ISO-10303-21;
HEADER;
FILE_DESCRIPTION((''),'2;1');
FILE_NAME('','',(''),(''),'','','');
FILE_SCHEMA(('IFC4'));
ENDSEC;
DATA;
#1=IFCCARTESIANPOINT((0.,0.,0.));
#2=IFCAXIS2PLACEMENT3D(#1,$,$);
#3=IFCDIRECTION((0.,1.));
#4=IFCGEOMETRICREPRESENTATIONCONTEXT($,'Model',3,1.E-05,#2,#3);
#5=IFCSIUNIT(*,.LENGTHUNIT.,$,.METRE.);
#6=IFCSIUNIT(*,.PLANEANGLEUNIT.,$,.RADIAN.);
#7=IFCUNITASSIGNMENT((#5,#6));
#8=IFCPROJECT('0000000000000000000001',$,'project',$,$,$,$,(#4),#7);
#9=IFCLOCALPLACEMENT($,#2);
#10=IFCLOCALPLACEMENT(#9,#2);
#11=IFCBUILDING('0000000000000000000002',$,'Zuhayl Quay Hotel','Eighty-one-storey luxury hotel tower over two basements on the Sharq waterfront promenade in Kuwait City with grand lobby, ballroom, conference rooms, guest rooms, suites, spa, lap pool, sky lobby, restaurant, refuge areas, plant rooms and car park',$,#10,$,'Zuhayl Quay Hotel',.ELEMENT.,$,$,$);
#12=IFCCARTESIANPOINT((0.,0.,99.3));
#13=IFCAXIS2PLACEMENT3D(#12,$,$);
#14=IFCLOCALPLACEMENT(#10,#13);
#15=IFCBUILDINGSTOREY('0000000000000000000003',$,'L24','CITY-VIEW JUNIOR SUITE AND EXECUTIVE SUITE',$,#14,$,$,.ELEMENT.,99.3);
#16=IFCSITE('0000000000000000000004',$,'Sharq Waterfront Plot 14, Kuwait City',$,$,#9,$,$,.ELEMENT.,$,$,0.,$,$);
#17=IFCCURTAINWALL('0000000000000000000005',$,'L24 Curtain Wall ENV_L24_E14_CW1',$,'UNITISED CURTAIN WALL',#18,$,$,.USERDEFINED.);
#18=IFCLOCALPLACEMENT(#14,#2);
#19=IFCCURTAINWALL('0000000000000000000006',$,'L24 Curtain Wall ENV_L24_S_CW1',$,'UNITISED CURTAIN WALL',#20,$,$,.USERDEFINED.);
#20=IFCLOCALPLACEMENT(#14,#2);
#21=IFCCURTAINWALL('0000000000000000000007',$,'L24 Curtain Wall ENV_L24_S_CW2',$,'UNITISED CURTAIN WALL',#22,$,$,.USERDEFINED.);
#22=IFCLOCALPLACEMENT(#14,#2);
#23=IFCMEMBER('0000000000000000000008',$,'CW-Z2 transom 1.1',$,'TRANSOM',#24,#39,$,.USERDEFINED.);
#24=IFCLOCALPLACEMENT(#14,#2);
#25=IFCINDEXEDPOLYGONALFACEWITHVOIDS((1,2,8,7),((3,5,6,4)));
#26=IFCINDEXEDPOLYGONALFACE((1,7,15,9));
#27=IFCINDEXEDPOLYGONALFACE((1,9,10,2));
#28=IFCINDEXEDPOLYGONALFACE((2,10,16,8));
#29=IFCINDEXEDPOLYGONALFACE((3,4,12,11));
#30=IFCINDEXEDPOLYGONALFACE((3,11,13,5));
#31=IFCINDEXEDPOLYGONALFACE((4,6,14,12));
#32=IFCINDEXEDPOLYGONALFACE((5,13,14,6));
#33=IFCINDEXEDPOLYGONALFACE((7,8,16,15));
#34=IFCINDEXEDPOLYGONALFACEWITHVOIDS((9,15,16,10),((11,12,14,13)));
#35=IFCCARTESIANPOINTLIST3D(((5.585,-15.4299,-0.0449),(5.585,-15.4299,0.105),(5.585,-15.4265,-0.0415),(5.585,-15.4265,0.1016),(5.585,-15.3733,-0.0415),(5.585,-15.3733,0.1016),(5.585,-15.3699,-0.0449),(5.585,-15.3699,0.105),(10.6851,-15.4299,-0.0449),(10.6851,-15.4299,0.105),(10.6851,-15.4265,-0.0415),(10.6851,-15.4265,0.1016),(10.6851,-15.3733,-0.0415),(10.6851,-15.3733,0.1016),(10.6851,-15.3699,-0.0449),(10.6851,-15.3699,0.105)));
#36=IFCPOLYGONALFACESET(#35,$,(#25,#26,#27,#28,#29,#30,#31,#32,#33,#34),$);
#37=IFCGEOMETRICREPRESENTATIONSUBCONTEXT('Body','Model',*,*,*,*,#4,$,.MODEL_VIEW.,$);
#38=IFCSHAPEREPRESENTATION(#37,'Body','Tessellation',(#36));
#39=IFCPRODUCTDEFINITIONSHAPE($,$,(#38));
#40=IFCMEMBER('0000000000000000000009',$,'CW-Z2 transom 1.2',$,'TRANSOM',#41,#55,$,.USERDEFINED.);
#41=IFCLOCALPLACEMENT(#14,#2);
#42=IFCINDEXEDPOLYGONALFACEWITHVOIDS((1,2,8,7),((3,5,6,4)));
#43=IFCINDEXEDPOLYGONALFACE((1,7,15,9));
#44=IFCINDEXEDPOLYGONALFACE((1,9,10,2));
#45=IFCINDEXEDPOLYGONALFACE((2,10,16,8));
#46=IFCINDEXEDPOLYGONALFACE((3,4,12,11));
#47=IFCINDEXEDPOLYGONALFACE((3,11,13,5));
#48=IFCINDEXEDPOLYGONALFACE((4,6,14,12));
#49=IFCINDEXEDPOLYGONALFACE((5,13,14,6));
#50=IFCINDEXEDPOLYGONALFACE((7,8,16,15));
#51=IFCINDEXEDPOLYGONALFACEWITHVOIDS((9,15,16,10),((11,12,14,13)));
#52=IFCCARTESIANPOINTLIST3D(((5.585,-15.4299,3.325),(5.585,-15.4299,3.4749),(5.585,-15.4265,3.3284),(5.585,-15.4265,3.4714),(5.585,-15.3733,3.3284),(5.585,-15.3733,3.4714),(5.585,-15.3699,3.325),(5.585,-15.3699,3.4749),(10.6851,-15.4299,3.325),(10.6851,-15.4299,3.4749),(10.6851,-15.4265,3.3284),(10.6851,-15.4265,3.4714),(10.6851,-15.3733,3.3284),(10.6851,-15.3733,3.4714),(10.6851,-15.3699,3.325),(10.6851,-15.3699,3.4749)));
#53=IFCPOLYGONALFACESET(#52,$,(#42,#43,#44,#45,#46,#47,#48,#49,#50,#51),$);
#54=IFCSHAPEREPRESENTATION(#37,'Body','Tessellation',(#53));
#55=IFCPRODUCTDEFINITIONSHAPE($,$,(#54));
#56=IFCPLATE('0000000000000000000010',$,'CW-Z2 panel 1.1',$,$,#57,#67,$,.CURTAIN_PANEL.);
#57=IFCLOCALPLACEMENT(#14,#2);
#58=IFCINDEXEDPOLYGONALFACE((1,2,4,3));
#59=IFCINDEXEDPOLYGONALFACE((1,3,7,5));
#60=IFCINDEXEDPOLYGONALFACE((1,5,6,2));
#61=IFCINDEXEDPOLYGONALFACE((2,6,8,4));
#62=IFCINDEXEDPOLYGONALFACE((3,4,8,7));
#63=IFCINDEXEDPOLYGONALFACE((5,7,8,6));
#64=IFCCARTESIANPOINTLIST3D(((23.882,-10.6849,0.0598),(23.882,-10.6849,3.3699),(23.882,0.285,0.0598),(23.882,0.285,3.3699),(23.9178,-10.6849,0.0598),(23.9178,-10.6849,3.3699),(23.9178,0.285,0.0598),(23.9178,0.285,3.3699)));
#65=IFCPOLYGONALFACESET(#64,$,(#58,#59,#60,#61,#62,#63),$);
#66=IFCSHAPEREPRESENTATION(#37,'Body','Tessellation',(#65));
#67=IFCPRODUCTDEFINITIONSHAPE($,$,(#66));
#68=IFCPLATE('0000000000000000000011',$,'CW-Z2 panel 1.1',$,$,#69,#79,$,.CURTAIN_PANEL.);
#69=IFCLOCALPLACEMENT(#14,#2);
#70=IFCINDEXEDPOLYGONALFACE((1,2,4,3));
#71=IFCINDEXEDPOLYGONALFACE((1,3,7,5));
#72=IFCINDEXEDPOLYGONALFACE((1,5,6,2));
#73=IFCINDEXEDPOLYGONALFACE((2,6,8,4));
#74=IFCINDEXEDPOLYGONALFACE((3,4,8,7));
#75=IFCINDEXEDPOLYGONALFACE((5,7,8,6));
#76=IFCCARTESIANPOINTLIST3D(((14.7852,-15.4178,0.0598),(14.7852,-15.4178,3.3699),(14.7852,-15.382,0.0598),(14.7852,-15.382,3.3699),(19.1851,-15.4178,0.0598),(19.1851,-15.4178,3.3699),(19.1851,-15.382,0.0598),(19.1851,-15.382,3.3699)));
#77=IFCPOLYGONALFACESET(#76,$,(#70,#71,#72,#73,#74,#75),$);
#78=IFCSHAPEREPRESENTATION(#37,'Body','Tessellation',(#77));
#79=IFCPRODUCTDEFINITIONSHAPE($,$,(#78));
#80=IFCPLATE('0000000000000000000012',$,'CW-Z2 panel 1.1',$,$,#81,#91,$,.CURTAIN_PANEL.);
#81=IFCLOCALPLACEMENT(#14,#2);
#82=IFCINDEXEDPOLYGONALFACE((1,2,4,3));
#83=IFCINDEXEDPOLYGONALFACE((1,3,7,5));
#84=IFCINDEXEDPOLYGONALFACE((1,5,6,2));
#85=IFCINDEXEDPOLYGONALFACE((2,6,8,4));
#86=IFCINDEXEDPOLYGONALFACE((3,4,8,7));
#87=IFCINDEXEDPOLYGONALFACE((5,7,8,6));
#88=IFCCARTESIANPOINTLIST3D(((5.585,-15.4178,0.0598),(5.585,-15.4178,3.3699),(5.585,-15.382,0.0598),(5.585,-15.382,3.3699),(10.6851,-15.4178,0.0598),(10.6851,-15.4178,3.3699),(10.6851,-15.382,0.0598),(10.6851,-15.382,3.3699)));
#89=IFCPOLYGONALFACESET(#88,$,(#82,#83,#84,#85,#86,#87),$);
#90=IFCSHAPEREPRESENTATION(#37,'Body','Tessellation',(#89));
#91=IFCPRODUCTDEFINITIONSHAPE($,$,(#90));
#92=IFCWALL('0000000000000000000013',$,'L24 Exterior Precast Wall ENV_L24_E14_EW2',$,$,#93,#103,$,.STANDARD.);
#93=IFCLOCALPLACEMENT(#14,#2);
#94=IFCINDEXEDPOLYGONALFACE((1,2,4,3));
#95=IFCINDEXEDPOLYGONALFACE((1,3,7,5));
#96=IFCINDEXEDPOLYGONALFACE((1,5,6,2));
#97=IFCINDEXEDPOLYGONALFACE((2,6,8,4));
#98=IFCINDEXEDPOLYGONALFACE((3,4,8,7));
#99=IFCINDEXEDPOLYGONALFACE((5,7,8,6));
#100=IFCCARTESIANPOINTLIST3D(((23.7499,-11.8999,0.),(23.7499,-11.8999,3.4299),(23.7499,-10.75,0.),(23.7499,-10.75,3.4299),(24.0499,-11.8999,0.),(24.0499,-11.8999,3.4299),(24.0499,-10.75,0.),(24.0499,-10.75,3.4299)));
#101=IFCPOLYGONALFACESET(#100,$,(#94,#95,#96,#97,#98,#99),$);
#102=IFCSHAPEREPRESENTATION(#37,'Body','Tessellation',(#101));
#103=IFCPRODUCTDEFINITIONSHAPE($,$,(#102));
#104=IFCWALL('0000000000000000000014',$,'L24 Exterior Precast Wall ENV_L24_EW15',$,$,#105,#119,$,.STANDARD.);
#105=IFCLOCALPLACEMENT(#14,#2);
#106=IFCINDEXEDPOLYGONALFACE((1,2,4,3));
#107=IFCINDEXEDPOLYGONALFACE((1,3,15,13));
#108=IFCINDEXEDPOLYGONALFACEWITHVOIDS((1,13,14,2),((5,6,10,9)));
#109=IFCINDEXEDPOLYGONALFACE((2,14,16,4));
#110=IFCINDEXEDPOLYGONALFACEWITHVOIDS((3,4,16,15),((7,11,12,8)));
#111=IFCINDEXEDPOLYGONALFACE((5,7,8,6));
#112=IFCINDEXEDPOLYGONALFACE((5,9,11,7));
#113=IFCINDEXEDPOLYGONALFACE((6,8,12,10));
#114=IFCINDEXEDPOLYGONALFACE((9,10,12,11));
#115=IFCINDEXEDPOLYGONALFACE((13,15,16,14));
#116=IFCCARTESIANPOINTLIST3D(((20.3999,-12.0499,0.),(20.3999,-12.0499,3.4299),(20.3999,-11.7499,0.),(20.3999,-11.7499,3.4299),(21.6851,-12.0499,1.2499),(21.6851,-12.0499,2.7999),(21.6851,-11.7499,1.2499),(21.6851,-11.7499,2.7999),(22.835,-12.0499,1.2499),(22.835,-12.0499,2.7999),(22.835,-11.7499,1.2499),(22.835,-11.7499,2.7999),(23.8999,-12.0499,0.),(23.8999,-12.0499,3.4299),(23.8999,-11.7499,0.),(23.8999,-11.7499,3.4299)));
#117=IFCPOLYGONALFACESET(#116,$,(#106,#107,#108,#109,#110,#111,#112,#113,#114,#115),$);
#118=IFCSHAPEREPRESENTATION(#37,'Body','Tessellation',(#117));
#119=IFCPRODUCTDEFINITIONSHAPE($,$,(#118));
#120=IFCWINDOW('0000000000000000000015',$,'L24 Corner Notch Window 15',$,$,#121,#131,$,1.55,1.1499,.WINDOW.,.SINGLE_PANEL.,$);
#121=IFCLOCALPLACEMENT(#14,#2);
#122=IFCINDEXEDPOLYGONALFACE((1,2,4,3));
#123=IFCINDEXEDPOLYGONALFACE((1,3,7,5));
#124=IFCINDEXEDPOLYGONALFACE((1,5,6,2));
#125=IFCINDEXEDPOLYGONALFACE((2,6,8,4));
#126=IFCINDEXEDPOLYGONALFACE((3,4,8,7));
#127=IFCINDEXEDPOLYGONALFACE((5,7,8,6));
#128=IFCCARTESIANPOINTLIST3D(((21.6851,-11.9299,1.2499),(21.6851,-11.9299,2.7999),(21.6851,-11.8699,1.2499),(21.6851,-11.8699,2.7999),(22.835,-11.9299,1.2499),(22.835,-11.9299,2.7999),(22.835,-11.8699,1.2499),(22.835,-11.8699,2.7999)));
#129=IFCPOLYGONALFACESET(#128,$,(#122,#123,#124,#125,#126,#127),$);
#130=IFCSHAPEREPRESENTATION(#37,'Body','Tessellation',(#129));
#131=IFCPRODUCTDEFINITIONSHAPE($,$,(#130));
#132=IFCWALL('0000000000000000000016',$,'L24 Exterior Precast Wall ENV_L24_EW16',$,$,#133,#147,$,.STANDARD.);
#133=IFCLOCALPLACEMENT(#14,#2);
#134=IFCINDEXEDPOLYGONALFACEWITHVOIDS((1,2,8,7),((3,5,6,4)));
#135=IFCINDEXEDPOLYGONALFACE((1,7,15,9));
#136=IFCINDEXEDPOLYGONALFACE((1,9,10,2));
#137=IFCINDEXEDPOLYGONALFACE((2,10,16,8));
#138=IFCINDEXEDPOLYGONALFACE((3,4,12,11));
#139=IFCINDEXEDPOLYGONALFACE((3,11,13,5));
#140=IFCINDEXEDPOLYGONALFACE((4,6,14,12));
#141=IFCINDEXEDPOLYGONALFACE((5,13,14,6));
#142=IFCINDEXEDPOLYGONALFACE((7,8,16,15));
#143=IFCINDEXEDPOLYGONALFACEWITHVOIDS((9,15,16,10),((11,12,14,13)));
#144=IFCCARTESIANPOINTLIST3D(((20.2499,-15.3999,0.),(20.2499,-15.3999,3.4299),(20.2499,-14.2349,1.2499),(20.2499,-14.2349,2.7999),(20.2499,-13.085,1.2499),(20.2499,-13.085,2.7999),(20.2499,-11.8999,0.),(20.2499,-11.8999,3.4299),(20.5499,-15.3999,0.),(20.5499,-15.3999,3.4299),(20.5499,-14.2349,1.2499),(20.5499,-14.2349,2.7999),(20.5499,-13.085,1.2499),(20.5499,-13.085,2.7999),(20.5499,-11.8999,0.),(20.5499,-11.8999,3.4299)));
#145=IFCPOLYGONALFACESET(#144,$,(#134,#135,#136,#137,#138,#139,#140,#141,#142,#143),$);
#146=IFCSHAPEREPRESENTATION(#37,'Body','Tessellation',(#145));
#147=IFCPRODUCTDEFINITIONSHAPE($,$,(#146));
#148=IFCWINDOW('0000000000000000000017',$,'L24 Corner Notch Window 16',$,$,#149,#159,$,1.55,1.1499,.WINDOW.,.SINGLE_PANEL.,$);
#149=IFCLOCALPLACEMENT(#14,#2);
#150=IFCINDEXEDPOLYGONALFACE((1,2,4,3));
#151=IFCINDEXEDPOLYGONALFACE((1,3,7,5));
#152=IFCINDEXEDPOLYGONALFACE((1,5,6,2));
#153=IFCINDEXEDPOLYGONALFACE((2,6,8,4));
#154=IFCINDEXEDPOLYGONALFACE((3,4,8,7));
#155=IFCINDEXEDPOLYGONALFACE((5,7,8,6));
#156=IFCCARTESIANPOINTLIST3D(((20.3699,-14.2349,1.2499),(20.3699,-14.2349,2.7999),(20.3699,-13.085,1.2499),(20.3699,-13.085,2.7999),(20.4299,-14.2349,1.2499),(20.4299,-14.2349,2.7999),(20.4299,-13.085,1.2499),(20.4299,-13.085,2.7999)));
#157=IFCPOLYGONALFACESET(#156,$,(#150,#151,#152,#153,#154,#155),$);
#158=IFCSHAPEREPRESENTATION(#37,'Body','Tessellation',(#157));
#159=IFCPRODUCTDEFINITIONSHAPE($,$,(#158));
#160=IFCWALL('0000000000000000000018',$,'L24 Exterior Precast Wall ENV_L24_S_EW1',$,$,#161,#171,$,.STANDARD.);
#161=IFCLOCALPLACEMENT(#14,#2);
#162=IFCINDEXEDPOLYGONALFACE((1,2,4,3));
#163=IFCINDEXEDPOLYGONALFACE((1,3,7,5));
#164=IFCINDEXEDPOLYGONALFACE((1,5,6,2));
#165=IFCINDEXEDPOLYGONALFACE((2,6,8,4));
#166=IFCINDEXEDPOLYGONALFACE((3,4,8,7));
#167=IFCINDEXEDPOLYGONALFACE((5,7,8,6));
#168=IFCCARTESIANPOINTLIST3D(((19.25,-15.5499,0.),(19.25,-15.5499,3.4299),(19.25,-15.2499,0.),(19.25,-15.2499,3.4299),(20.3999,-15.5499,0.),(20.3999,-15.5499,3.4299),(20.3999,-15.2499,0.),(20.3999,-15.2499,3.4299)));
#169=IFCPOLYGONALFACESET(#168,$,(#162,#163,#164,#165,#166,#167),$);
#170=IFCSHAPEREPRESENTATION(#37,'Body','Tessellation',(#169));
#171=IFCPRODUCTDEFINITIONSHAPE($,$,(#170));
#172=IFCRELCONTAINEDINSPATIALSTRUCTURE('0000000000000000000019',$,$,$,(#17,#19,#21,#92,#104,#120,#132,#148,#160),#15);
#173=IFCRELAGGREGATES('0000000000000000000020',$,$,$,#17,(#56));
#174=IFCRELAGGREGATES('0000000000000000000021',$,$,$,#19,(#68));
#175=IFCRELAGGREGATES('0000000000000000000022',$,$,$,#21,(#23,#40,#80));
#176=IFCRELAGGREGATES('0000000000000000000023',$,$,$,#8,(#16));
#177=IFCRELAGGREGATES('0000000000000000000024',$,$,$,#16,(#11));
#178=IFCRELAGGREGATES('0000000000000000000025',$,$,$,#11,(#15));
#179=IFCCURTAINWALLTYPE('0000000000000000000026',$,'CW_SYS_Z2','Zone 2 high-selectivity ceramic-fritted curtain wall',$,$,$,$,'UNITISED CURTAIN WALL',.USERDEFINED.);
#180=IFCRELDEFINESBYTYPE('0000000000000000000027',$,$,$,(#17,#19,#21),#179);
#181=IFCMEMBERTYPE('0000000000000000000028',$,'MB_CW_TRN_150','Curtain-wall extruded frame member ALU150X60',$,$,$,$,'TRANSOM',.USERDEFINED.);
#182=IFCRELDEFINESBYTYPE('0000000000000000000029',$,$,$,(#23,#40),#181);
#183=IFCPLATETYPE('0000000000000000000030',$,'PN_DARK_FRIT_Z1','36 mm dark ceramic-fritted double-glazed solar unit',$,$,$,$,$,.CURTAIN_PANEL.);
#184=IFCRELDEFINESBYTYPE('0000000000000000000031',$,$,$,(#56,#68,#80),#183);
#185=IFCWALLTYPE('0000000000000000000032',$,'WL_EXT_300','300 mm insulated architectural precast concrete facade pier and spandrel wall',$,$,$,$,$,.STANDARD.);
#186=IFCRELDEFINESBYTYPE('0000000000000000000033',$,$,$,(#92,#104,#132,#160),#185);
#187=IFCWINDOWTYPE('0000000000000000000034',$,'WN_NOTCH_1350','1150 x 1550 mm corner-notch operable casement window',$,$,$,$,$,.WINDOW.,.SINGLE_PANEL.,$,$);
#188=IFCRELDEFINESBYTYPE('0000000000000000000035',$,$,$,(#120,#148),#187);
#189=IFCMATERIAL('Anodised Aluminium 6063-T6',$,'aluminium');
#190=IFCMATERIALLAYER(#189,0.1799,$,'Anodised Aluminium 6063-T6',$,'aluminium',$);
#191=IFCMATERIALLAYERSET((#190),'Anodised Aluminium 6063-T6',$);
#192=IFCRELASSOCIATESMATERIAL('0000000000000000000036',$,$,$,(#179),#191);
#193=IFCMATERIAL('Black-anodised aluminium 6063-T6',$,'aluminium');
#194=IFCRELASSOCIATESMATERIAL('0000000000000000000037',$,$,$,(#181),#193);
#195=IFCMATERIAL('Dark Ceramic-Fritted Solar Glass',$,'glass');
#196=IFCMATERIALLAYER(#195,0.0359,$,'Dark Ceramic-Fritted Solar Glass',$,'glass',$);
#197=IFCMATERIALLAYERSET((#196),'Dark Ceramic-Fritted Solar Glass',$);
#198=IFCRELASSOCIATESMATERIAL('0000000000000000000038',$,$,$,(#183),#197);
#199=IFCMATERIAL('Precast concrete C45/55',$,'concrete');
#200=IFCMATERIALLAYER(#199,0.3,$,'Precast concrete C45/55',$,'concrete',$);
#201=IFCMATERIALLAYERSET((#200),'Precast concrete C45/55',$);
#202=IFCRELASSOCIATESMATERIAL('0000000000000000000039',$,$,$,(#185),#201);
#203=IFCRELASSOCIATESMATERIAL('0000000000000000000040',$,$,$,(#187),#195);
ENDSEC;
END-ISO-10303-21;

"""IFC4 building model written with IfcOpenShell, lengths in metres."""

from ifc_helpers import new_model, si_unit, direction, frame, frame_2d, origin, origin_2d, place, context, subcontext, project, spatial, rectangle, hollow_rectangle, extrude, material, layer, layer_set, material_profile, profile_set, type_object, element, fill, aggregate, save


model = new_model("IFC4")

# Units and contexts
model_context = context("Model", 3, precision=1e-05, world=origin(), true_north=direction((0.0, 1.0)))
body_context = subcontext(model_context, "Body", "Model", "MODEL_VIEW")
ifc_project = project(units=[si_unit("LENGTHUNIT", "METRE"), si_unit("PLANEANGLEUNIT", "RADIAN")], contexts=[model_context])

# Site, building, storey
site_placement = place(None, origin())
site = spatial("IfcSite", under=ifc_project, at=site_placement, Name="Sharq Waterfront Plot 14, Kuwait City", CompositionType="ELEMENT", RefElevation=0.0)
building_placement = place(site_placement, origin())
building = spatial("IfcBuilding", under=site, at=building_placement, Name="Zuhayl Quay Hotel", Description="Eighty-one-storey luxury hotel tower over two basements on the Sharq waterfront promenade in Kuwait City with grand lobby, ballroom, conference rooms, guest rooms, suites, spa, lap pool, sky lobby, restaurant, refuge areas, plant rooms and car park", LongName="Zuhayl Quay Hotel", CompositionType="ELEMENT")
storey_placement = place(building_placement, frame((0.0, 0.0, 99.3)))
storey = spatial("IfcBuildingStorey", under=building, at=storey_placement, Name="L24", Description="CITY-VIEW JUNIOR SUITE AND EXECUTIVE SUITE", CompositionType="ELEMENT", Elevation=99.3)

# Curtain wall
ifc_material_1 = material(Name="Anodised Aluminium 6063-T6", Category="aluminium")
ifc_layer_1 = layer(ifc_material_1, 0.1799, Name="Anodised Aluminium 6063-T6", Category="aluminium")
ifc_layer_set_1 = layer_set([ifc_layer_1], Name="Anodised Aluminium 6063-T6")
curtain_wall_type = type_object("IfcCurtainWallType", Name="CW_SYS_Z2", Description="Zone 2 high-selectivity ceramic-fritted curtain wall", ElementType="UNITISED CURTAIN WALL", PredefinedType="USERDEFINED", material=ifc_layer_set_1)
curtain_wall_1_placement = place(storey_placement, origin())
curtain_wall_1 = element("IfcCurtainWall", 1, at=curtain_wall_1_placement, inside=storey, type_object=curtain_wall_type, Name="L24 Curtain Wall ENV_L24_E14_CW1", ObjectType="UNITISED CURTAIN WALL", PredefinedType="USERDEFINED")
ifc_material_2 = material(Name="Black-anodised aluminium 6063-T6", Category="aluminium")

# Curtain walls
curtain_wall_2_placement = place(storey_placement, origin())
curtain_wall_2 = element("IfcCurtainWall", 2, at=curtain_wall_2_placement, inside=storey, type_object=curtain_wall_type, Name="L24 Curtain Wall ENV_L24_S_CW1", ObjectType="UNITISED CURTAIN WALL", PredefinedType="USERDEFINED")
curtain_wall_3_placement = place(storey_placement, origin())
curtain_wall_3 = element("IfcCurtainWall", 3, at=curtain_wall_3_placement, inside=storey, type_object=curtain_wall_type, Name="L24 Curtain Wall ENV_L24_S_CW2", ObjectType="UNITISED CURTAIN WALL", PredefinedType="USERDEFINED")

# Members
ifc_material_profile_1 = material_profile(ifc_material_2, hollow_rectangle(XDim=0.0601, YDim=0.1499, WallThickness=0.0034, at=origin_2d()), Name="ALU150X60")
ifc_profile_set_1 = profile_set([ifc_material_profile_1], Name="Black-anodised aluminium 6063-T6")
member_type_1 = type_object("IfcMemberType", Name="MB_CW_TRN_150", Description="Curtain-wall extruded frame member ALU150X60", ElementType="TRANSOM", PredefinedType="USERDEFINED", material=ifc_profile_set_1)
member_1_placement = place(storey_placement, frame((10.6851, -15.3999, 0.03), z_axis=(-1.0, 0.0, 0.0), x_axis=(0.0, -1.0, 0.0)))
member_1 = element("IfcMember", 4, at=member_1_placement, type_object=member_type_1, Name="CW-Z2 transom 1.1", ObjectType="TRANSOM", PredefinedType="USERDEFINED", context=body_context, shape_type="SweptSolid", body=[
    extrude(hollow_rectangle(XDim=0.0601, YDim=0.1499, WallThickness=0.0034, at=origin_2d()), origin(), (0.0, 0.0, 1.0), 5.1001),
])
member_2_placement = place(storey_placement, frame((10.6851, -15.3999, 3.3999), z_axis=(-1.0, 0.0, 0.0), x_axis=(0.0, -1.0, 0.0)))
member_2 = element("IfcMember", 5, at=member_2_placement, type_object=member_type_1, Name="CW-Z2 transom 1.2", ObjectType="TRANSOM", PredefinedType="USERDEFINED", context=body_context, shape_type="SweptSolid", body=[
    extrude(hollow_rectangle(XDim=0.0601, YDim=0.1499, WallThickness=0.0034, at=origin_2d()), origin(), (0.0, 0.0, 1.0), 5.1001),
])

# Plates
ifc_material_3 = material(Name="Dark Ceramic-Fritted Solar Glass", Category="glass")
ifc_layer_2 = layer(ifc_material_3, 0.0359, Name="Dark Ceramic-Fritted Solar Glass", Category="glass")
ifc_layer_set_2 = layer_set([ifc_layer_2], Name="Dark Ceramic-Fritted Solar Glass")
plate_type = type_object("IfcPlateType", Name="PN_DARK_FRIT_Z1", Description="36 mm dark ceramic-fritted double-glazed solar unit", PredefinedType="CURTAIN_PANEL", material=ifc_layer_set_2)
plate_1_placement = place(storey_placement, frame((23.8999, -5.2, 0.0598), z_axis=(0.0, 0.0, 1.0), x_axis=(0.0, -1.0, 0.0)))
plate_1 = element("IfcPlate", 6, at=plate_1_placement, type_object=plate_type, Name="CW-Z2 panel 1.1", PredefinedType="CURTAIN_PANEL", context=body_context, shape_type="SweptSolid", body=[
    extrude(rectangle(XDim=10.97, YDim=0.0359, at=origin_2d()), origin(), (0.0, 0.0, 1.0), 3.3101),
])
aggregate(curtain_wall_1, [plate_1])
plate_2_placement = place(storey_placement, frame((16.9851, -15.3999, 0.0598), z_axis=(0.0, 0.0, 1.0), x_axis=(-1.0, 0.0, 0.0)))
plate_2 = element("IfcPlate", 7, at=plate_2_placement, type_object=plate_type, Name="CW-Z2 panel 1.1", PredefinedType="CURTAIN_PANEL", context=body_context, shape_type="SweptSolid", body=[
    extrude(rectangle(XDim=4.3999, YDim=0.0359, at=origin_2d()), origin(), (0.0, 0.0, 1.0), 3.3101),
])
aggregate(curtain_wall_2, [plate_2])
plate_3_placement = place(storey_placement, frame((8.135, -15.3999, 0.0598), z_axis=(0.0, 0.0, 1.0), x_axis=(-1.0, 0.0, 0.0)))
plate_3 = element("IfcPlate", 8, at=plate_3_placement, type_object=plate_type, Name="CW-Z2 panel 1.1", PredefinedType="CURTAIN_PANEL", context=body_context, shape_type="SweptSolid", body=[
    extrude(rectangle(XDim=5.1001, YDim=0.0359, at=origin_2d()), origin(), (0.0, 0.0, 1.0), 3.3101),
])
aggregate(curtain_wall_3, [member_1, member_2, plate_3])

# Wall
ifc_material_4 = material(Name="Precast concrete C45/55", Category="concrete")
ifc_layer_3 = layer(ifc_material_4, 0.3, Name="Precast concrete C45/55", Category="concrete")
ifc_layer_set_3 = layer_set([ifc_layer_3], Name="Precast concrete C45/55")
wall_type_1 = type_object("IfcWallType", Name="WL_EXT_300", Description="300 mm insulated architectural precast concrete facade pier and spandrel wall", PredefinedType="STANDARD", material=ifc_layer_set_3)
wall_1_placement = place(storey_placement, frame((23.8999, -10.75, 0.0), z_axis=(0.0, 0.0, 1.0), x_axis=(0.0, -1.0, 0.0)))
element("IfcWall", 9, at=wall_1_placement, inside=storey, type_object=wall_type_1, Name="L24 Exterior Precast Wall ENV_L24_E14_EW2", PredefinedType="STANDARD", context=body_context, shape_type="SweptSolid", body=[
    extrude(rectangle(XDim=1.1499, YDim=0.3, at=frame_2d((0.575, 0.0))), origin(), (0.0, 0.0, 1.0), 3.4299),
])

# Walls, openings, windows
wall_2_placement = place(storey_placement, frame((23.8999, -11.8999, 0.0), z_axis=(0.0, 0.0, 1.0), x_axis=(-1.0, 0.0, 0.0)))
wall_2 = element("IfcWall", 10, at=wall_2_placement, inside=storey, type_object=wall_type_1, Name="L24 Exterior Precast Wall ENV_L24_EW15", PredefinedType="STANDARD", context=body_context, shape_type="SweptSolid", body=[
    extrude(rectangle(XDim=3.5, YDim=0.3, at=frame_2d((1.75, 0.0))), origin(), (0.0, 0.0, 1.0), 3.4299),
])
opening_1_placement = place(wall_2_placement, frame((1.0649, 0.0, 1.25)))
opening_1 = element("IfcOpeningElement", 11, at=opening_1_placement, cuts=wall_2, PredefinedType="OPENING", context=body_context, shape_type="SweptSolid", body=[
    extrude(rectangle(XDim=1.1499, YDim=1.55, at=frame_2d((0.575, 0.7749))), frame((0.0, 0.1599, 0.0), z_axis=(0.0, -1.0, 0.0), x_axis=(1.0, 0.0, 0.0)), (0.0, 0.0, 1.0), 0.3201),
])
window_type = type_object("IfcWindowType", Name="WN_NOTCH_1350", Description="1150 x 1550 mm corner-notch operable casement window", PartitioningType="SINGLE_PANEL", PredefinedType="WINDOW", material=ifc_material_3)
window_1_placement = place(opening_1_placement, origin())
window_1 = element("IfcWindow", 12, at=window_1_placement, inside=storey, type_object=window_type, Name="L24 Corner Notch Window 15", OverallHeight=1.55, OverallWidth=1.1499, PartitioningType="SINGLE_PANEL", PredefinedType="WINDOW", context=body_context, shape_type="SweptSolid", body=[
    extrude(rectangle(XDim=1.1499, YDim=1.55, at=frame_2d((0.575, 0.7749))), frame((0.0, 0.03, 0.0), z_axis=(0.0, -1.0, 0.0), x_axis=(1.0, 0.0, 0.0)), (0.0, 0.0, 1.0), 0.0601),
])
fill(opening_1, window_1)
wall_3_placement = place(storey_placement, frame((20.3999, -11.8999, 0.0), z_axis=(0.0, 0.0, 1.0), x_axis=(0.0, -1.0, 0.0)))
wall_3 = element("IfcWall", 13, at=wall_3_placement, inside=storey, type_object=wall_type_1, Name="L24 Exterior Precast Wall ENV_L24_EW16", PredefinedType="STANDARD", context=body_context, shape_type="SweptSolid", body=[
    extrude(rectangle(XDim=3.5, YDim=0.3, at=frame_2d((1.75, 0.0))), origin(), (0.0, 0.0, 1.0), 3.4299),
])
opening_2_placement = place(wall_3_placement, frame((1.1851, 0.0, 1.25)))
opening_2 = element("IfcOpeningElement", 14, at=opening_2_placement, cuts=wall_3, PredefinedType="OPENING", context=body_context, shape_type="SweptSolid", body=[
    extrude(rectangle(XDim=1.1499, YDim=1.55, at=frame_2d((0.575, 0.7749))), frame((0.0, 0.1599, 0.0), z_axis=(0.0, -1.0, 0.0), x_axis=(1.0, 0.0, 0.0)), (0.0, 0.0, 1.0), 0.3201),
])
window_2_placement = place(opening_2_placement, origin())
window_2 = element("IfcWindow", 15, at=window_2_placement, inside=storey, type_object=window_type, Name="L24 Corner Notch Window 16", OverallHeight=1.55, OverallWidth=1.1499, PartitioningType="SINGLE_PANEL", PredefinedType="WINDOW", context=body_context, shape_type="SweptSolid", body=[
    extrude(rectangle(XDim=1.1499, YDim=1.55, at=frame_2d((0.575, 0.7749))), frame((0.0, 0.03, 0.0), z_axis=(0.0, -1.0, 0.0), x_axis=(1.0, 0.0, 0.0)), (0.0, 0.0, 1.0), 0.0601),
])
fill(opening_2, window_2)

# Wall
wall_4_placement = place(storey_placement, frame((20.3999, -15.3999, 0.0), z_axis=(0.0, 0.0, 1.0), x_axis=(-1.0, 0.0, 0.0)))
element("IfcWall", 16, at=wall_4_placement, inside=storey, type_object=wall_type_1, Name="L24 Exterior Precast Wall ENV_L24_S_EW1", PredefinedType="STANDARD", context=body_context, shape_type="SweptSolid", body=[
    extrude(rectangle(XDim=1.1499, YDim=0.3, at=frame_2d((0.575, 0.0))), origin(), (0.0, 0.0, 1.0), 3.4299),
])

save(model, "model.ifc")
